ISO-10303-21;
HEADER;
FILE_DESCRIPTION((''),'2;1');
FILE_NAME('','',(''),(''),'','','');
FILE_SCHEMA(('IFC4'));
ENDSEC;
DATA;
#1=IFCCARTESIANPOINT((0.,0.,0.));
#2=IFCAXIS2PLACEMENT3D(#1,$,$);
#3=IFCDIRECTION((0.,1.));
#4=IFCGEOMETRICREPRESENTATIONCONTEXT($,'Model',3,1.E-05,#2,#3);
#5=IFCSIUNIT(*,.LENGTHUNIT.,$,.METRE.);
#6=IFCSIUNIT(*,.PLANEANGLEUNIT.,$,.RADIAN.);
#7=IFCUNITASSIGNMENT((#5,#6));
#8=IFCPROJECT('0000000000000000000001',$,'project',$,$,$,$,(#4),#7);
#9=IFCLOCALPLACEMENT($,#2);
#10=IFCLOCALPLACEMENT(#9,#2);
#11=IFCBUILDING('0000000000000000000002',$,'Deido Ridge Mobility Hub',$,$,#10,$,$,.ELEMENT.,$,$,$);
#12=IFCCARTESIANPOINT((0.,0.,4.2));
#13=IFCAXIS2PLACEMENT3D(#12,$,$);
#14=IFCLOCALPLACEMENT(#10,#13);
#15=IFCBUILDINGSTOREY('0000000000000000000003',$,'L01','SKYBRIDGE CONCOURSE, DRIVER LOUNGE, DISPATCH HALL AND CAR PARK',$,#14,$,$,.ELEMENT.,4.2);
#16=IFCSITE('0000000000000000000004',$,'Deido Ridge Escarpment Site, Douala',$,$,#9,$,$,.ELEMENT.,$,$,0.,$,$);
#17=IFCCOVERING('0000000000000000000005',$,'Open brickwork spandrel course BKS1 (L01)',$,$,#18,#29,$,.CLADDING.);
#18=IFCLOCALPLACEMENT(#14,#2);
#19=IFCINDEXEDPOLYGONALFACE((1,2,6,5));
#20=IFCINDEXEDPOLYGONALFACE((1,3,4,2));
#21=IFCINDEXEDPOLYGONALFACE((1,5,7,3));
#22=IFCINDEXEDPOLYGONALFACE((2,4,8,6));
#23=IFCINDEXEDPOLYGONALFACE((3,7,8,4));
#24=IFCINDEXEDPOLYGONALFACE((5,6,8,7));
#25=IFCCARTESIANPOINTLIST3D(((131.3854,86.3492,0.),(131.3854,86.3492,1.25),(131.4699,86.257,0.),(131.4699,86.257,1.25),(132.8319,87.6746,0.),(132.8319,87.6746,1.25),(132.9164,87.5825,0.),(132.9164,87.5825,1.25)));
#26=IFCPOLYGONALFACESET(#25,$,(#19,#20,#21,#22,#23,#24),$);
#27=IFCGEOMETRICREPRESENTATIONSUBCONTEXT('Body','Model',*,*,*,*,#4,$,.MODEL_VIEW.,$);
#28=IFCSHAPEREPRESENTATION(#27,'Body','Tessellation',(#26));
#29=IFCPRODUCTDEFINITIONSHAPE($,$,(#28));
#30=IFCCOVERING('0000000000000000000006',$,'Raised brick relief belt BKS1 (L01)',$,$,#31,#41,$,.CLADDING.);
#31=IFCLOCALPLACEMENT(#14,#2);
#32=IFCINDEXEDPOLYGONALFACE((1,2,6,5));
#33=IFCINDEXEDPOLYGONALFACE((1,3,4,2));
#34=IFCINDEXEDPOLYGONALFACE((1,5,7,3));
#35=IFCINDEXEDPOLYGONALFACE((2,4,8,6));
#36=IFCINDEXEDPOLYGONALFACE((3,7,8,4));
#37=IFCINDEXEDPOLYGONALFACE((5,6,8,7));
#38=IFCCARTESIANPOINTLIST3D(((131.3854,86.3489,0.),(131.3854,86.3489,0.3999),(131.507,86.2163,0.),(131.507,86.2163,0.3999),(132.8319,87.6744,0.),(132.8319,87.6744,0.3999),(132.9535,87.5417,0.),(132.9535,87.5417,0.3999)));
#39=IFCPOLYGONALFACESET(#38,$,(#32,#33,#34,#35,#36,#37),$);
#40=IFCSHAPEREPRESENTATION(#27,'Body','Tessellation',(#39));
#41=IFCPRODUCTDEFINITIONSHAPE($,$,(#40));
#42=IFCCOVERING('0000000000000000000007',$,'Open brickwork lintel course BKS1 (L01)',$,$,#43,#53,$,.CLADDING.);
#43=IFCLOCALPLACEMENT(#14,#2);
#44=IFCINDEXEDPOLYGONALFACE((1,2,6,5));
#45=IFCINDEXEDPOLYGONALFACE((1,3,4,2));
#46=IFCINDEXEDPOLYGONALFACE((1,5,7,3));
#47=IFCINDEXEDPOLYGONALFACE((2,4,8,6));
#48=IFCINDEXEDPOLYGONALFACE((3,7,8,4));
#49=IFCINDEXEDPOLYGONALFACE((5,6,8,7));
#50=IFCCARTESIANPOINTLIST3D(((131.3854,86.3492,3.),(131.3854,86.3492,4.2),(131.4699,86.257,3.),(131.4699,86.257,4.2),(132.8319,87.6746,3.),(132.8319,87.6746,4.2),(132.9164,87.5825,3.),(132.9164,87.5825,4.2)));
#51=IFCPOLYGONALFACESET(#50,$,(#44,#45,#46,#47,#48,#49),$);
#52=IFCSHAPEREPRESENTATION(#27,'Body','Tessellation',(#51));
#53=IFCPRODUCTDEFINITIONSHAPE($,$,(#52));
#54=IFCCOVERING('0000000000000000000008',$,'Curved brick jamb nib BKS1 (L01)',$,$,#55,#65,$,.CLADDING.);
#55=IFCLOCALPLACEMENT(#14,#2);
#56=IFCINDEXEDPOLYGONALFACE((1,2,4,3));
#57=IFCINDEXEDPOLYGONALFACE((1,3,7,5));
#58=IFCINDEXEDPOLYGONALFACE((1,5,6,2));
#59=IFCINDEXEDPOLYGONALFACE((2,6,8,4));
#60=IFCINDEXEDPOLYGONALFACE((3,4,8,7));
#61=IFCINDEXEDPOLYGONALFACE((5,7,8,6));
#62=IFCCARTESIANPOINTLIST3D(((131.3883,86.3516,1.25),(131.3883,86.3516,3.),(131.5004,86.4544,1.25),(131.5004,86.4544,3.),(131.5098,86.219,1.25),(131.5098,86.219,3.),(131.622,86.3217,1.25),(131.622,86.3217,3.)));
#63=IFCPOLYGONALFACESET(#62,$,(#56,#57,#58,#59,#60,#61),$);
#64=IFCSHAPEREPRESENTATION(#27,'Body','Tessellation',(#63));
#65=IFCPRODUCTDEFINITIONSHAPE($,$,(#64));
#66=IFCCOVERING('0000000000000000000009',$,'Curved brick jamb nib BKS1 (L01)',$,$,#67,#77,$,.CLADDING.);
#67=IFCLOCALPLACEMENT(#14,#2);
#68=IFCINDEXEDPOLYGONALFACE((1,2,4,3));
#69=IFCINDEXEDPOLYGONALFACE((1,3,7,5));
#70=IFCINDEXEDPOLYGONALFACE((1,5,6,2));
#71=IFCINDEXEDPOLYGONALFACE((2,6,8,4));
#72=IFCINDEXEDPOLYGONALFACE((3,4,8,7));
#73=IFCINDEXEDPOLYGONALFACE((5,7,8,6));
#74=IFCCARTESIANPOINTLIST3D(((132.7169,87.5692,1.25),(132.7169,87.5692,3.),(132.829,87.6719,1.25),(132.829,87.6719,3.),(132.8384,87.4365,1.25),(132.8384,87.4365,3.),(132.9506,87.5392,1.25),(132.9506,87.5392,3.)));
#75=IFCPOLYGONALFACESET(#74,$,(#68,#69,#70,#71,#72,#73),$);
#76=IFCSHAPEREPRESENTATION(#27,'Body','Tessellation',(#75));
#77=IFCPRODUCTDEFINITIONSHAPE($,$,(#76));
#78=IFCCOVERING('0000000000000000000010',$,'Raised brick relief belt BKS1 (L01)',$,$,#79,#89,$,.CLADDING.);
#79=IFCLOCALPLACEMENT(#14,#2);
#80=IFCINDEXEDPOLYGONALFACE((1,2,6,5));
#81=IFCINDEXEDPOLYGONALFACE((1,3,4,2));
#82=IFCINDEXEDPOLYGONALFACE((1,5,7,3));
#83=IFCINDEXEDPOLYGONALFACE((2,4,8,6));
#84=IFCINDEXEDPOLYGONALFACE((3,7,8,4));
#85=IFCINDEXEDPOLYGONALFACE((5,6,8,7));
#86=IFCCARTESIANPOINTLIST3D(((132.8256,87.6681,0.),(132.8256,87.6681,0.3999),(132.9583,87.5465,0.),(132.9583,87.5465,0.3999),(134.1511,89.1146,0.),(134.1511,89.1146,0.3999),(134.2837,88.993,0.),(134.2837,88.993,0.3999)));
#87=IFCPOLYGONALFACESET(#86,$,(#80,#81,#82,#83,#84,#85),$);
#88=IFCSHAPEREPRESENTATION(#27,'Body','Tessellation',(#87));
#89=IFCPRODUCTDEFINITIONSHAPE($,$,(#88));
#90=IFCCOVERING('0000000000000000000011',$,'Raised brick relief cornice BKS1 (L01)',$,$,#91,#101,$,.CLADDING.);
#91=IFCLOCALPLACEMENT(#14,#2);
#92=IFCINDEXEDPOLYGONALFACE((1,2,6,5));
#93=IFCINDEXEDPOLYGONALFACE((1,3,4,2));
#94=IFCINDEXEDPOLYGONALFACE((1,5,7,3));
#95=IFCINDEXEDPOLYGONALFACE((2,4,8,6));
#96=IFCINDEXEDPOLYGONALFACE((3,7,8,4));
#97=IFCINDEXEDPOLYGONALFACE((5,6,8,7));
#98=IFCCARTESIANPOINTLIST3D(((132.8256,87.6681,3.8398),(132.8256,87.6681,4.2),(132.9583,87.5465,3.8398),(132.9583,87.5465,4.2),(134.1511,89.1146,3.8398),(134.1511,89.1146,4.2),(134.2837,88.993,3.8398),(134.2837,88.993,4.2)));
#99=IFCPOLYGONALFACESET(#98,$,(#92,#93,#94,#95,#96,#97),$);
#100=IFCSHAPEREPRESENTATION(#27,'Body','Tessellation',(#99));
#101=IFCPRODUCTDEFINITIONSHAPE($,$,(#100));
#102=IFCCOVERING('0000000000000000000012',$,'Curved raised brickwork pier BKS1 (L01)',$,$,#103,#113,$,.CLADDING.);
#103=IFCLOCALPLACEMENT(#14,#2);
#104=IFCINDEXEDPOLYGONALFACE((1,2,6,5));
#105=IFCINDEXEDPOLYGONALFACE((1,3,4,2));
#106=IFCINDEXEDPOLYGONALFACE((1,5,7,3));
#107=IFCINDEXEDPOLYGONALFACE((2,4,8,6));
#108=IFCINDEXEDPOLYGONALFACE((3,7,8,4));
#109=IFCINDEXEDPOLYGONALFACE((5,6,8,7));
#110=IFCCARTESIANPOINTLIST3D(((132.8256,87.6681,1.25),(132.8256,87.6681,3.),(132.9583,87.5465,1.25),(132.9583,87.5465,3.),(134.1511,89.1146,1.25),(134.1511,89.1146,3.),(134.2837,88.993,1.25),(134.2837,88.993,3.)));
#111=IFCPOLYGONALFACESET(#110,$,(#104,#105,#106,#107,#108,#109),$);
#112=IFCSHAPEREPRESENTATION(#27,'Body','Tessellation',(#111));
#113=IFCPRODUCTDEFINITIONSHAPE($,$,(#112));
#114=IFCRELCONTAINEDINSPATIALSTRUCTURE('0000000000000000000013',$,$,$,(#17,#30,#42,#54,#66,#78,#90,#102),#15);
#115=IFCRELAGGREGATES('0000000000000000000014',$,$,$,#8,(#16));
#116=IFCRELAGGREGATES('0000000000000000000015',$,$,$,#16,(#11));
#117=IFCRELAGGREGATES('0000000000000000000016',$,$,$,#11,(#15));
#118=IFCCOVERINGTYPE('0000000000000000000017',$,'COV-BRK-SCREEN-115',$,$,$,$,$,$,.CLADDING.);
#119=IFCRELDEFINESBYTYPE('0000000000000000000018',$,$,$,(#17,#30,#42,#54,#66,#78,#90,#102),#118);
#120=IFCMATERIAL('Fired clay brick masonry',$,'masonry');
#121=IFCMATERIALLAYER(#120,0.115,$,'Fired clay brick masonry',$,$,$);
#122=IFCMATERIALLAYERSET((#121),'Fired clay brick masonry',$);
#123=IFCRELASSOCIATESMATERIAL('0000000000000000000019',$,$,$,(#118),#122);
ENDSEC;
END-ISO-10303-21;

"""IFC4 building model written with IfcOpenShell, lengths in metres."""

from ifc_helpers import new_model, si_unit, direction, frame, origin, origin_2d, place, context, subcontext, project, spatial, rectangle, extrude, material, layer, layer_set, type_object, element, save


model = new_model("IFC4")

# Units and contexts
model_context = context("Model", 3, precision=1e-05, world=origin(), true_north=direction((0.0, 1.0)))
body_context = subcontext(model_context, "Body", "Model", "MODEL_VIEW")
ifc_project = project(units=[si_unit("LENGTHUNIT", "METRE"), si_unit("PLANEANGLEUNIT", "RADIAN")], contexts=[model_context])

# Site, building, storey
site_placement = place(None, origin())
site = spatial("IfcSite", under=ifc_project, at=site_placement, Name="Deido Ridge Escarpment Site, Douala", CompositionType="ELEMENT", RefElevation=0.0)
building_placement = place(site_placement, origin())
building = spatial("IfcBuilding", under=site, at=building_placement, Name="Deido Ridge Mobility Hub", CompositionType="ELEMENT")
storey_placement = place(building_placement, frame((0.0, 0.0, 4.2)))
storey = spatial("IfcBuildingStorey", under=building, at=storey_placement, Name="L01", Description="SKYBRIDGE CONCOURSE, DRIVER LOUNGE, DISPATCH HALL AND CAR PARK", CompositionType="ELEMENT", Elevation=4.2)

# Coverings
ifc_material_1 = material(Name="Fired clay brick masonry", Category="masonry")
ifc_layer = layer(ifc_material_1, 0.115, Name="Fired clay brick masonry")
ifc_layer_set = layer_set([ifc_layer], Name="Fired clay brick masonry")
covering_type = type_object("IfcCoveringType", Name="COV-BRK-SCREEN-115", PredefinedType="CLADDING", material=ifc_layer_set)
covering_1_placement = place(storey_placement, frame((132.1509, 86.9658, 0.0), z_axis=(0.0, 0.0, 1.0), x_axis=(0.737289, 0.675577, 0.0)))
element("IfcCovering", 1, at=covering_1_placement, inside=storey, type_object=covering_type, Name="Open brickwork spandrel course BKS1 (L01)", PredefinedType="CLADDING", context=body_context, shape_type="SweptSolid", body=[
    extrude(rectangle(XDim=1.9619, YDim=0.125, at=origin_2d()), origin(), (0.0, 0.0, 1.0), 1.25),
])
covering_2_placement = place(storey_placement, frame((132.1694, 86.9453, 0.0), z_axis=(0.0, 0.0, 1.0), x_axis=(0.737289, 0.675577, 0.0)))
element("IfcCovering", 2, at=covering_2_placement, inside=storey, type_object=covering_type, Name="Raised brick relief belt BKS1 (L01)", PredefinedType="CLADDING", context=body_context, shape_type="SweptSolid", body=[
    extrude(rectangle(XDim=1.9619, YDim=0.1799, at=origin_2d()), origin(), (0.0, 0.0, 1.0), 0.3999),
])
covering_3_placement = place(storey_placement, frame((132.1509, 86.9658, 3.0), z_axis=(0.0, 0.0, 1.0), x_axis=(0.737289, 0.675577, 0.0)))
element("IfcCovering", 3, at=covering_3_placement, inside=storey, type_object=covering_type, Name="Open brickwork lintel course BKS1 (L01)", PredefinedType="CLADDING", context=body_context, shape_type="SweptSolid", body=[
    extrude(rectangle(XDim=1.9619, YDim=0.125, at=origin_2d()), origin(), (0.0, 0.0, 1.0), 1.2),
])
for number, where, z_axis, x_axis, name in (
    (4, (131.5051, 86.3367, 1.25), (0.0, 0.0, 1.0), (0.737289, 0.675577, 0.0), "Curved brick jamb nib BKS1 (L01)"),
    (5, (132.8337, 87.5542, 1.25), (0.0, 0.0, 1.0), (0.737289, 0.675577, 0.0), "Curved brick jamb nib BKS1 (L01)"),
):
    element("IfcCovering", number, at=place(storey_placement, frame(where, z_axis=z_axis, x_axis=x_axis)), inside=storey, type_object=covering_type, Name=name, PredefinedType="CLADDING", context=body_context, shape_type="SweptSolid", body=[
        extrude(rectangle(XDim=0.1521, YDim=0.1799, at=origin_2d()), origin(), (0.0, 0.0, 1.0), 1.75),
    ])
covering_4_placement = place(storey_placement, frame((133.5547, 88.3306, 0.0), z_axis=(0.0, 0.0, 1.0), x_axis=(0.675577, 0.737289, 0.0)))
element("IfcCovering", 6, at=covering_4_placement, inside=storey, type_object=covering_type, Name="Raised brick relief belt BKS1 (L01)", PredefinedType="CLADDING", context=body_context, shape_type="SweptSolid", body=[
    extrude(rectangle(XDim=1.9619, YDim=0.1799, at=origin_2d()), origin(), (0.0, 0.0, 1.0), 0.3999),
])
covering_5_placement = place(storey_placement, frame((133.5547, 88.3306, 3.8398), z_axis=(0.0, 0.0, 1.0), x_axis=(0.675577, 0.737289, 0.0)))
element("IfcCovering", 7, at=covering_5_placement, inside=storey, type_object=covering_type, Name="Raised brick relief cornice BKS1 (L01)", PredefinedType="CLADDING", context=body_context, shape_type="SweptSolid", body=[
    extrude(rectangle(XDim=1.9619, YDim=0.1799, at=origin_2d()), origin(), (0.0, 0.0, 1.0), 0.3601),
])
covering_6_placement = place(storey_placement, frame((133.5547, 88.3306, 1.25), z_axis=(0.0, 0.0, 1.0), x_axis=(0.675577, 0.737289, 0.0)))
element("IfcCovering", 8, at=covering_6_placement, inside=storey, type_object=covering_type, Name="Curved raised brickwork pier BKS1 (L01)", PredefinedType="CLADDING", context=body_context, shape_type="SweptSolid", body=[
    extrude(rectangle(XDim=1.9619, YDim=0.1799, at=origin_2d()), origin(), (0.0, 0.0, 1.0), 1.75),
])

save(model, "model.ifc")
